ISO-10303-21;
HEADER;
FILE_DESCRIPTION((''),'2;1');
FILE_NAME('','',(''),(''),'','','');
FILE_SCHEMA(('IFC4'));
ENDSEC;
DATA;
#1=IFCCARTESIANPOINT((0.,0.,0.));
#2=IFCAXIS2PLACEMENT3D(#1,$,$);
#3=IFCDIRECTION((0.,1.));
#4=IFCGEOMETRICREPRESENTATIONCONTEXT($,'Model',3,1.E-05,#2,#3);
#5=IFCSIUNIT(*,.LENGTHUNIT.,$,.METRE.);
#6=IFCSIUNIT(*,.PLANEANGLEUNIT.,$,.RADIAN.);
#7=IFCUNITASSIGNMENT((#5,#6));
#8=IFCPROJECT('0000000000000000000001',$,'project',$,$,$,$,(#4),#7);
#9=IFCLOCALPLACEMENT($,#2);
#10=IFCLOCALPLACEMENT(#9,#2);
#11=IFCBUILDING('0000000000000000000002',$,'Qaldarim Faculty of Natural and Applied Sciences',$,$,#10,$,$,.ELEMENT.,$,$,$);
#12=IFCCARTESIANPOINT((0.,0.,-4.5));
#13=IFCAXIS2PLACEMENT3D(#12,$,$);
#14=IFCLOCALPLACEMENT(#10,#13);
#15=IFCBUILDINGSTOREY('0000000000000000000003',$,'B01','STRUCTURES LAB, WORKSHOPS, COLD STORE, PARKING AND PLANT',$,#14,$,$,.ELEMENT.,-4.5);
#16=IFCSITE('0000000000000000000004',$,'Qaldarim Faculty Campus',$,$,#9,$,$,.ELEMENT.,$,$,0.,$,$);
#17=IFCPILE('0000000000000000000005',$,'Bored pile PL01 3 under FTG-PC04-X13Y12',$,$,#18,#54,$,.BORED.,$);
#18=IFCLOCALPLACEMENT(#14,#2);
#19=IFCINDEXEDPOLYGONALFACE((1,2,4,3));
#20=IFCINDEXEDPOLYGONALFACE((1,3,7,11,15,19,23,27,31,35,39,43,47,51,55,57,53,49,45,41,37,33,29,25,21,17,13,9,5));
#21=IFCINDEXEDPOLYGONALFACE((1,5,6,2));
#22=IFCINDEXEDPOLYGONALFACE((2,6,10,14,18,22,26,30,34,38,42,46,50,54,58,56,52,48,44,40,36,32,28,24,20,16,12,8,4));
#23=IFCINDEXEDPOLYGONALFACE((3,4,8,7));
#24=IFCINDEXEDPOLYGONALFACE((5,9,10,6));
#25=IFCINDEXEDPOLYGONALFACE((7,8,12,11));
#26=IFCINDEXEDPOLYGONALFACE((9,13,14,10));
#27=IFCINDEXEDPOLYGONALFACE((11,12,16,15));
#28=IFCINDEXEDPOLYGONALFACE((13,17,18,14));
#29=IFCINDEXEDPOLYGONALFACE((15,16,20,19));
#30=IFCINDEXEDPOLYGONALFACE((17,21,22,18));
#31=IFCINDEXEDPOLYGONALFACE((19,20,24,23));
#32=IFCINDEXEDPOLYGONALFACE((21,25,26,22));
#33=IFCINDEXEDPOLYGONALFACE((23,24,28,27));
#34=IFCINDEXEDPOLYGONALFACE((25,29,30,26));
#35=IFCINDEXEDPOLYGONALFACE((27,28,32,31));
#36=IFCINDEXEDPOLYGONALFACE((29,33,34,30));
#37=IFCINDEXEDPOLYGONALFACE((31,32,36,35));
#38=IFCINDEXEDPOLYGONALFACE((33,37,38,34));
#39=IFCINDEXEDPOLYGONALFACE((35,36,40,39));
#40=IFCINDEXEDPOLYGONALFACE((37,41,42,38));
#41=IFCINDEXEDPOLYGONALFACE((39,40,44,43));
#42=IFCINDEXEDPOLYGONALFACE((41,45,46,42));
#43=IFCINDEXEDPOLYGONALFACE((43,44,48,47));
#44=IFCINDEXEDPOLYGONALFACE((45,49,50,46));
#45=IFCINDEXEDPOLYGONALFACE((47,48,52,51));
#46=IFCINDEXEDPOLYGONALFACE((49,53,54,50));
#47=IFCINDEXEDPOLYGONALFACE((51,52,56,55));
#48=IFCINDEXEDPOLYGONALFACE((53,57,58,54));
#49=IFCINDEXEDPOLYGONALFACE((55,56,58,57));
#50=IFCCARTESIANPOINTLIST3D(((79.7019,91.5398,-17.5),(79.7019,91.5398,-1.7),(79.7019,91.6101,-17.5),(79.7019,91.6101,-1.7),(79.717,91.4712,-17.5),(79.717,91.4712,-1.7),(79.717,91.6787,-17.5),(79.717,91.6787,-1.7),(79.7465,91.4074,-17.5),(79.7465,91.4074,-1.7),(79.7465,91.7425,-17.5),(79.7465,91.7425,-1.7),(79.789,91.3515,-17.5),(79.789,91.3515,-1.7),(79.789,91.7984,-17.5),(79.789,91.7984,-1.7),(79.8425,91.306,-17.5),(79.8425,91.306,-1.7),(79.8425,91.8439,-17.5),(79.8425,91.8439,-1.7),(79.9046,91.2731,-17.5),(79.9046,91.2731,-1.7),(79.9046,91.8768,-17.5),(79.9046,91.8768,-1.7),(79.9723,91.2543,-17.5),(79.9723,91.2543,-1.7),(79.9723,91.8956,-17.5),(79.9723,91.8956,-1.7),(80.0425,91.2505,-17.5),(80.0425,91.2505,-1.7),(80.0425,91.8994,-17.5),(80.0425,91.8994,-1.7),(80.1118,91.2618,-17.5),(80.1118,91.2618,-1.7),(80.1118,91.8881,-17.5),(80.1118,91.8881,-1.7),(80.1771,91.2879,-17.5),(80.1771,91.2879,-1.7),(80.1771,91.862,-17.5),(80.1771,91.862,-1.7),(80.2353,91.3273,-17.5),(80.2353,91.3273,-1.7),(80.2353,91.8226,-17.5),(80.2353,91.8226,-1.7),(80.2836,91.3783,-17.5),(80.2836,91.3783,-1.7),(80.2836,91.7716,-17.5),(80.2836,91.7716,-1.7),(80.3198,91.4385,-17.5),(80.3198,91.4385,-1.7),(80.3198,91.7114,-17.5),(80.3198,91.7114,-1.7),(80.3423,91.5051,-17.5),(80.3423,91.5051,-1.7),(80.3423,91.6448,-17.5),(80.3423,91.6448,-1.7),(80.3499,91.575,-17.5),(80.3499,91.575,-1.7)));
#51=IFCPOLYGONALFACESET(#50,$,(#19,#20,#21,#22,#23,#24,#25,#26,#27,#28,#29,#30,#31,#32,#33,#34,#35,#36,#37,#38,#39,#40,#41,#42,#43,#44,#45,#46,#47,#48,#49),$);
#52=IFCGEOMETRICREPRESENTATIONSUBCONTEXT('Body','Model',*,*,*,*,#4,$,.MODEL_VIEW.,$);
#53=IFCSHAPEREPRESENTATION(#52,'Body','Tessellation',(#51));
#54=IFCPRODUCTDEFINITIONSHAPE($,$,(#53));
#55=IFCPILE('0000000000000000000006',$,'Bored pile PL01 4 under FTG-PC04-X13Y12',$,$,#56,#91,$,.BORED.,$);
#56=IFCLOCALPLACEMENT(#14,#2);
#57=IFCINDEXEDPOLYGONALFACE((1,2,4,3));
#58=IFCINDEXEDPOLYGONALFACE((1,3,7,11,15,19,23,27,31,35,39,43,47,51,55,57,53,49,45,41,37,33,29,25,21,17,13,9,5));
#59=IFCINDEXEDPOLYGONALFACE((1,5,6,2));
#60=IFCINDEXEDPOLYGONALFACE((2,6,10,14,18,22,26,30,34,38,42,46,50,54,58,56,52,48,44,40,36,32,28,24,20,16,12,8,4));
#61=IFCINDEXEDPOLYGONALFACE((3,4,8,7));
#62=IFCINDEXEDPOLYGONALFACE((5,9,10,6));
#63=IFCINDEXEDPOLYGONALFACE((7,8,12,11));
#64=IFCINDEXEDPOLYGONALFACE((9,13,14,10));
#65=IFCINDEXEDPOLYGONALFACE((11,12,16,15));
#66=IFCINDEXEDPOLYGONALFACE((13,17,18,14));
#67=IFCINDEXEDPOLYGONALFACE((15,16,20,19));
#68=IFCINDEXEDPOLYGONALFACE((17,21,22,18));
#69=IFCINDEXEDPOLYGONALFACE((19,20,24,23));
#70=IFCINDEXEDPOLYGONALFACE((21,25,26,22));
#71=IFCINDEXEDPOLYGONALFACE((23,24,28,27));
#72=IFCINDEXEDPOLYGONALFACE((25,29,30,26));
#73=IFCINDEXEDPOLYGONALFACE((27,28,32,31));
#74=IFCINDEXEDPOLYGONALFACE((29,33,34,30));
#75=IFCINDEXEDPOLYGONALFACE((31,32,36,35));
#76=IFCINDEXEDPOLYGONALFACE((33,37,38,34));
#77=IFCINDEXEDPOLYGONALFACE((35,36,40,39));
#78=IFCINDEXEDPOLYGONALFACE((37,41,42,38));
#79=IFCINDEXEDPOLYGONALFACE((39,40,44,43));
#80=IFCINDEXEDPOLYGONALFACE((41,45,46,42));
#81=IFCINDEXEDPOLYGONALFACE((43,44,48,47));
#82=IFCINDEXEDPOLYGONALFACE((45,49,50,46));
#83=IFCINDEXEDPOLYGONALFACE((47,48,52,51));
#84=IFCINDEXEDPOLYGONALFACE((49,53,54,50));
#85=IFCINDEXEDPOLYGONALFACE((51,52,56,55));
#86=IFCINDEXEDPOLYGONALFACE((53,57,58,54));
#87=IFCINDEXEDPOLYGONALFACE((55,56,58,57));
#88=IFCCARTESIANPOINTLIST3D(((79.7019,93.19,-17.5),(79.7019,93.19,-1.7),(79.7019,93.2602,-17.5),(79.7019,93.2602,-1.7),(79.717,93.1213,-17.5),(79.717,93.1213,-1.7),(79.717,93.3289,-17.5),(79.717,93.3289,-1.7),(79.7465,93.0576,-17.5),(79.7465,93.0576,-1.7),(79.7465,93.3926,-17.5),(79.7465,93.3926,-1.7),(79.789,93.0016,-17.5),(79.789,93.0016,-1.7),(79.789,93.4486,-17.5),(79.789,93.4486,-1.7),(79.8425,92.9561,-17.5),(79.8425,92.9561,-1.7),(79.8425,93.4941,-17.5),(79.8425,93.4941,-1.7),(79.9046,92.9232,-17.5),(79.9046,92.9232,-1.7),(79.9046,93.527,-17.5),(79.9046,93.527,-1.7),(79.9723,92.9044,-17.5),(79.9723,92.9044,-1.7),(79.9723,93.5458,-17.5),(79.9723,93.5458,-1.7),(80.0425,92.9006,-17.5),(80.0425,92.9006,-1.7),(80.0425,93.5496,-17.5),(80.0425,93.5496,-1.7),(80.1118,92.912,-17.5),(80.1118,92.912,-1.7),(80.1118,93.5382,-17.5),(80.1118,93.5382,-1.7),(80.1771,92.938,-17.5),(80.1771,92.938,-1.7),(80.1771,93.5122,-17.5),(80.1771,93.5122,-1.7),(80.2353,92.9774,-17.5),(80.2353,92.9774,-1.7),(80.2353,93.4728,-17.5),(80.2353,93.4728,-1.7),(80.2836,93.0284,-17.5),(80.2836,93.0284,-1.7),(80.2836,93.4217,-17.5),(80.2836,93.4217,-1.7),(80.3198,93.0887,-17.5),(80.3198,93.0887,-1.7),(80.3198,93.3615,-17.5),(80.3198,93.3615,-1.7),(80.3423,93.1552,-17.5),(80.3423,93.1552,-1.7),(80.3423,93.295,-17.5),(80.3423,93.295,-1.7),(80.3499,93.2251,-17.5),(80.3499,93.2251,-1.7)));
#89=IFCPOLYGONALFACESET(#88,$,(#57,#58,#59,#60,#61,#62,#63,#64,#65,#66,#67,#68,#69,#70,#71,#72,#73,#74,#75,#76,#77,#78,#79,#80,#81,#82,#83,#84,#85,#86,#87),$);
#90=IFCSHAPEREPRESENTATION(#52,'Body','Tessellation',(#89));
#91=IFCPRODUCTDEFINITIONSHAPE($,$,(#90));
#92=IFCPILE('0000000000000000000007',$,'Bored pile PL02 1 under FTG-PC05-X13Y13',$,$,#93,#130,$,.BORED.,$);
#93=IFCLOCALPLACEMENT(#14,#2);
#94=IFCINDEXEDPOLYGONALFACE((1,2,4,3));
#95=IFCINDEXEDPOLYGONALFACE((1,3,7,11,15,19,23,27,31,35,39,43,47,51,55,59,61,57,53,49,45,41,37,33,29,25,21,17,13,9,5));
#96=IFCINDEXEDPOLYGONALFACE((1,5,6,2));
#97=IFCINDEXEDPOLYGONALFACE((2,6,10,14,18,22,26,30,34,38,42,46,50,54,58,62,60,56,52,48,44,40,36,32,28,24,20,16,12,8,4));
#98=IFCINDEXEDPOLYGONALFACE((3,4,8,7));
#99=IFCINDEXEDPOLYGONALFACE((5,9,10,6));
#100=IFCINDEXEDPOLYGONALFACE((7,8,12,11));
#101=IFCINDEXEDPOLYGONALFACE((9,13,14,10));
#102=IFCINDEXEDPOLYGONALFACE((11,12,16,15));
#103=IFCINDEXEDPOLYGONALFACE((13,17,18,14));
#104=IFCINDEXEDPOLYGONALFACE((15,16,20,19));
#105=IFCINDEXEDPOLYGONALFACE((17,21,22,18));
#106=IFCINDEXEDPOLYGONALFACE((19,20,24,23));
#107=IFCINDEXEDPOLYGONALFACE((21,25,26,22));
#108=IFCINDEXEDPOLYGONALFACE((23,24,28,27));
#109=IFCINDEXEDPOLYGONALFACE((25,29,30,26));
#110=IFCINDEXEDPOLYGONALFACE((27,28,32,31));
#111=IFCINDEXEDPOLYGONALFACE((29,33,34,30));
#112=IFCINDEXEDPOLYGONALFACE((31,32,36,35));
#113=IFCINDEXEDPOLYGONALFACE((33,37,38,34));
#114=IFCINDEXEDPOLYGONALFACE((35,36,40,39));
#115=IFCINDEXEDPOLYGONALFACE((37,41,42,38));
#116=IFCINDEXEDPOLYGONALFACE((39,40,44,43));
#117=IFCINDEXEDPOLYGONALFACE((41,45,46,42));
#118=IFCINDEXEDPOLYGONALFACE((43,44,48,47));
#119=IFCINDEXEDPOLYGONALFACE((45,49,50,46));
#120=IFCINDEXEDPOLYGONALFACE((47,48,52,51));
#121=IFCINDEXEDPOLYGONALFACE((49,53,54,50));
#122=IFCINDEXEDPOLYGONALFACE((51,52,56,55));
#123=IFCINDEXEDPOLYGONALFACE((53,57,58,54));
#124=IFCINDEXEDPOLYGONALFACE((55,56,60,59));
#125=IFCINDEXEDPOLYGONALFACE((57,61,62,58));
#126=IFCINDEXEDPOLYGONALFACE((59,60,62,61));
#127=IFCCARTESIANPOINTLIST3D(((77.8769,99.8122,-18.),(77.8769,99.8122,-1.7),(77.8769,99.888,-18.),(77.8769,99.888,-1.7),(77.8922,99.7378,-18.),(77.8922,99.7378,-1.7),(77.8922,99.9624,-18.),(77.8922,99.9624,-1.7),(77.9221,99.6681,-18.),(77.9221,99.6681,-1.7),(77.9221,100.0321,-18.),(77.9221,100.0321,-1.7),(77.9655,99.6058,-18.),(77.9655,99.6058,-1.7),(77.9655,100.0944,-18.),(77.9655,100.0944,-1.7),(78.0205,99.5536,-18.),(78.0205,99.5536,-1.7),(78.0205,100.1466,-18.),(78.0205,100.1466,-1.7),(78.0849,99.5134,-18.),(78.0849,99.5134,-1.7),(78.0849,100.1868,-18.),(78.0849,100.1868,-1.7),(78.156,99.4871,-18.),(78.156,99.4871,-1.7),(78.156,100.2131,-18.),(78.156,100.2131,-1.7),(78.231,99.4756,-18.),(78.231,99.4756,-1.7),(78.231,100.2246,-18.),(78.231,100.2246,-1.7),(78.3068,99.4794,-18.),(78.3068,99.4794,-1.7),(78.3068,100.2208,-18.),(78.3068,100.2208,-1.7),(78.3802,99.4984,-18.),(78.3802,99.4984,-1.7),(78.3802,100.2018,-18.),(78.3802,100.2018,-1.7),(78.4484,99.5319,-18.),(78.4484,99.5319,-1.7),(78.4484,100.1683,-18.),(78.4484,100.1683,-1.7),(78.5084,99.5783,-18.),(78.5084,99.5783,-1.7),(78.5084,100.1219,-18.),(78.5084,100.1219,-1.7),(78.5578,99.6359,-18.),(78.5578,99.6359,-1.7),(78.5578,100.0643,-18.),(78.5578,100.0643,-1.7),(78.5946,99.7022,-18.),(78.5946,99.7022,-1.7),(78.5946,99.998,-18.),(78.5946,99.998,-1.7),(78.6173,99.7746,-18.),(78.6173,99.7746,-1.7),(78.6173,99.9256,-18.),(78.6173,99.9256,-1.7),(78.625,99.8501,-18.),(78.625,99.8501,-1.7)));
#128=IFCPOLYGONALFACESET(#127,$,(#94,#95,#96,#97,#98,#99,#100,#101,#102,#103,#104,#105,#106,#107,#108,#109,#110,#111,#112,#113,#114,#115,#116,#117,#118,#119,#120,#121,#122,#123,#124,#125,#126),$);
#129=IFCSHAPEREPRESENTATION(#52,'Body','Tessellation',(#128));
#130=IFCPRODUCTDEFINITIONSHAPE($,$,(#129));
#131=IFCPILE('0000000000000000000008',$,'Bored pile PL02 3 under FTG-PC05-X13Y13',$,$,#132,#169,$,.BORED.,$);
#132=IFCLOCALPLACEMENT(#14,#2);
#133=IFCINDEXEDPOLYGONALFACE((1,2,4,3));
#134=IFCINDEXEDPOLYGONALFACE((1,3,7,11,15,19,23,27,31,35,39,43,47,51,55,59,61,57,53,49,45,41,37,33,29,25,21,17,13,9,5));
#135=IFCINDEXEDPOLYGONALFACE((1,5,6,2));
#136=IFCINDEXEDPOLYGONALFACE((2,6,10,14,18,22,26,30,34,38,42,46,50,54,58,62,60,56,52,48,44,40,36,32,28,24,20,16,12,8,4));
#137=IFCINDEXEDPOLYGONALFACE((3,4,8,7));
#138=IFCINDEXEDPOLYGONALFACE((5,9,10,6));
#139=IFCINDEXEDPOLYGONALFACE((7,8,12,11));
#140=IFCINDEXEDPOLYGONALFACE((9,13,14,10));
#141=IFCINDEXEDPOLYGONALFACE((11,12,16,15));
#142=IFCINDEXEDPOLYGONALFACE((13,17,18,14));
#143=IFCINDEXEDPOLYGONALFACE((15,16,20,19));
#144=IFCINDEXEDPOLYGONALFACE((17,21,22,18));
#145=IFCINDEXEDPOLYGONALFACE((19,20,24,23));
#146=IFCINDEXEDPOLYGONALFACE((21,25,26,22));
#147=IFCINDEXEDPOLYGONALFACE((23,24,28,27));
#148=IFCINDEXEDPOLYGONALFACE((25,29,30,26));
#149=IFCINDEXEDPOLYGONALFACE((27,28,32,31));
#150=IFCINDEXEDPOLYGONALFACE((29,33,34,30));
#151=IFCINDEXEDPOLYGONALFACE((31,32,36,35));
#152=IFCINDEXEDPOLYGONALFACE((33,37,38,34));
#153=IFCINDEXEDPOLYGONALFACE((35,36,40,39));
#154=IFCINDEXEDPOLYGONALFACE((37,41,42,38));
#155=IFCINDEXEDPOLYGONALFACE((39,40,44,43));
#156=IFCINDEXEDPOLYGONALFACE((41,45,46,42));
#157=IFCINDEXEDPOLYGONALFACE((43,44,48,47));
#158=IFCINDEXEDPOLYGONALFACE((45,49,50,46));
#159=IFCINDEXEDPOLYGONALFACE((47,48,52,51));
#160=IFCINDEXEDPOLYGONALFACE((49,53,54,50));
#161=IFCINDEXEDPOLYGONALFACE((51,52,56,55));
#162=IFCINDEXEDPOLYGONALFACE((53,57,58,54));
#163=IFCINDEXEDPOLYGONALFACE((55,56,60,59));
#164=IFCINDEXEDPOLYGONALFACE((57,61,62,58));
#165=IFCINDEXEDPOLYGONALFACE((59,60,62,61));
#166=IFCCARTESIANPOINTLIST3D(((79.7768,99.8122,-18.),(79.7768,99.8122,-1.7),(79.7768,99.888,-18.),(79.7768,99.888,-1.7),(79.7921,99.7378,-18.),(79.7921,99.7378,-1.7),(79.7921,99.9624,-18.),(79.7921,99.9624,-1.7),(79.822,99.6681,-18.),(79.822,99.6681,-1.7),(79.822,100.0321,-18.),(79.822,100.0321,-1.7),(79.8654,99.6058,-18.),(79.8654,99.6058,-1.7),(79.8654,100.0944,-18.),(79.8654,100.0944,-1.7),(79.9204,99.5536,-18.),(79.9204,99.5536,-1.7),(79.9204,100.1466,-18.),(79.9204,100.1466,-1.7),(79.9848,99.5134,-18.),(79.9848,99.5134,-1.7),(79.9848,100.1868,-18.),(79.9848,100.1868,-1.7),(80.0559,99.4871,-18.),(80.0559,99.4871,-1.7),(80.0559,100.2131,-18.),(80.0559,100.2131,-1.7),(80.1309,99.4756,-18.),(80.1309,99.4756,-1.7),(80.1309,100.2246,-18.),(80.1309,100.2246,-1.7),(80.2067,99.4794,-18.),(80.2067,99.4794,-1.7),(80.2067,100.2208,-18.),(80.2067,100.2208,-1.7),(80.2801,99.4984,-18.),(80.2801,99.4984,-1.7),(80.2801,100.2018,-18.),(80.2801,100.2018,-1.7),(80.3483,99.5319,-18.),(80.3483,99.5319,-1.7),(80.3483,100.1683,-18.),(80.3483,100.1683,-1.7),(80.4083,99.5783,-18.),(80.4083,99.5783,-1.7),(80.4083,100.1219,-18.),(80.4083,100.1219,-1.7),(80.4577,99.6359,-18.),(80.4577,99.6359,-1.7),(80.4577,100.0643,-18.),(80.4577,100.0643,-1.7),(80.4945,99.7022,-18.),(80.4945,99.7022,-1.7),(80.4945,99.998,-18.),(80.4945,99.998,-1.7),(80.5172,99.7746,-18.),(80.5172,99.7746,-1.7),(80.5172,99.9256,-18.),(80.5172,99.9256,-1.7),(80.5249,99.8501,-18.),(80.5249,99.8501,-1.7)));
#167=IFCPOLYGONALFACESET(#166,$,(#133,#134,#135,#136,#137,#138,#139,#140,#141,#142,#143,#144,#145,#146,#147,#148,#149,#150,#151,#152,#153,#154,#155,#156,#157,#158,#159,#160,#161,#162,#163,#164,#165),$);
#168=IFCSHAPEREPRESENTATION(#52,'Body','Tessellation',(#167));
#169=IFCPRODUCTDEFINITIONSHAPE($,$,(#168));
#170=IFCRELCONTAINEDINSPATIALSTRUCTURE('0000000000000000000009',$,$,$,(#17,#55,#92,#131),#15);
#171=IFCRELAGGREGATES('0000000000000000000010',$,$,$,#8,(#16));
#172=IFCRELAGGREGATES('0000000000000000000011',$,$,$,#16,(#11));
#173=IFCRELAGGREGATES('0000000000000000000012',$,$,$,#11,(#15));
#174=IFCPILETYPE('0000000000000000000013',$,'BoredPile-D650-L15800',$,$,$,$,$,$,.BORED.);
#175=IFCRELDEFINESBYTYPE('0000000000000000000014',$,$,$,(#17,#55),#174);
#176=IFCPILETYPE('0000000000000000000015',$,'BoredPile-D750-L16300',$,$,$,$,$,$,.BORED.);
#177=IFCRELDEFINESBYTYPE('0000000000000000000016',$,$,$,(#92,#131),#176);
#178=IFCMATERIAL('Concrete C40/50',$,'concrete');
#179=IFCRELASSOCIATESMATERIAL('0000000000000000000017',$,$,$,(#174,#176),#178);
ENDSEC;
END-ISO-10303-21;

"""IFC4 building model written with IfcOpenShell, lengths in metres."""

from ifc_helpers import new_model, si_unit, direction, frame, origin, origin_2d, place, context, subcontext, project, spatial, circle, extrude, material, material_profile, profile_set, type_object, element, save


model = new_model("IFC4")

# Units and contexts
model_context = context("Model", 3, precision=1e-05, world=origin(), true_north=direction((0.0, 1.0)))
body_context = subcontext(model_context, "Body", "Model", "MODEL_VIEW")
ifc_project = project(units=[si_unit("LENGTHUNIT", "METRE"), si_unit("PLANEANGLEUNIT", "RADIAN")], contexts=[model_context])

# Site, building, storey
site_placement = place(None, origin())
site = spatial("IfcSite", under=ifc_project, at=site_placement, Name="Qaldarim Faculty Campus", CompositionType="ELEMENT", RefElevation=0.0)
building_placement = place(site_placement, origin())
building = spatial("IfcBuilding", under=site, at=building_placement, Name="Qaldarim Faculty of Natural and Applied Sciences", CompositionType="ELEMENT")
storey_placement = place(building_placement, frame((0.0, 0.0, -4.5)))
storey = spatial("IfcBuildingStorey", under=building, at=storey_placement, Name="B01", Description="STRUCTURES LAB, WORKSHOPS, COLD STORE, PARKING AND PLANT", CompositionType="ELEMENT", Elevation=-4.5)

# Piles
ifc_material_1 = material(Name="Concrete C40/50", Category="concrete")
ifc_material_profile_1 = material_profile(ifc_material_1, circle(Radius=0.325, at=origin_2d()), Name="PILE-D650")
ifc_profile_set_1 = profile_set([ifc_material_profile_1], Name="Concrete C40/50")
pile_type_1 = type_object("IfcPileType", Name="BoredPile-D650-L15800", PredefinedType="BORED", material=ifc_profile_set_1)
for number, where, z_axis, x_axis, name in (
    (1, (80.0249, 91.575, -1.7), (0.0, 0.0, -1.0), (1.0, 0.0, 0.0), "Bored pile PL01 3 under FTG-PC04-X13Y12"),
    (2, (80.0249, 93.2251, -1.7), (0.0, 0.0, -1.0), (1.0, 0.0, 0.0), "Bored pile PL01 4 under FTG-PC04-X13Y12"),
):
    element("IfcPile", number, at=place(storey_placement, frame(where, z_axis=z_axis, x_axis=x_axis)), inside=storey, type_object=pile_type_1, Name=name, PredefinedType="BORED", context=body_context, shape_type="SweptSolid", body=[
        extrude(circle(Radius=0.325, at=origin_2d()), origin(), (0.0, 0.0, 1.0), 15.8),
    ])
ifc_material_profile_2 = material_profile(ifc_material_1, circle(Radius=0.375, at=origin_2d()), Name="PILE-D750")
ifc_profile_set_2 = profile_set([ifc_material_profile_2], Name="Concrete C40/50")
pile_type_2 = type_object("IfcPileType", Name="BoredPile-D750-L16300", PredefinedType="BORED", material=ifc_profile_set_2)
for number, where, z_axis, x_axis, name in (
    (3, (78.25, 99.8501, -1.7), (0.0, 0.0, -1.0), (1.0, 0.0, 0.0), "Bored pile PL02 1 under FTG-PC05-X13Y13"),
    (4, (80.1499, 99.8501, -1.7), (0.0, 0.0, -1.0), (1.0, 0.0, 0.0), "Bored pile PL02 3 under FTG-PC05-X13Y13"),
):
    element("IfcPile", number, at=place(storey_placement, frame(where, z_axis=z_axis, x_axis=x_axis)), inside=storey, type_object=pile_type_2, Name=name, PredefinedType="BORED", context=body_context, shape_type="SweptSolid", body=[
        extrude(circle(Radius=0.375, at=origin_2d()), origin(), (0.0, 0.0, 1.0), 16.3),
    ])

save(model, "model.ifc")
